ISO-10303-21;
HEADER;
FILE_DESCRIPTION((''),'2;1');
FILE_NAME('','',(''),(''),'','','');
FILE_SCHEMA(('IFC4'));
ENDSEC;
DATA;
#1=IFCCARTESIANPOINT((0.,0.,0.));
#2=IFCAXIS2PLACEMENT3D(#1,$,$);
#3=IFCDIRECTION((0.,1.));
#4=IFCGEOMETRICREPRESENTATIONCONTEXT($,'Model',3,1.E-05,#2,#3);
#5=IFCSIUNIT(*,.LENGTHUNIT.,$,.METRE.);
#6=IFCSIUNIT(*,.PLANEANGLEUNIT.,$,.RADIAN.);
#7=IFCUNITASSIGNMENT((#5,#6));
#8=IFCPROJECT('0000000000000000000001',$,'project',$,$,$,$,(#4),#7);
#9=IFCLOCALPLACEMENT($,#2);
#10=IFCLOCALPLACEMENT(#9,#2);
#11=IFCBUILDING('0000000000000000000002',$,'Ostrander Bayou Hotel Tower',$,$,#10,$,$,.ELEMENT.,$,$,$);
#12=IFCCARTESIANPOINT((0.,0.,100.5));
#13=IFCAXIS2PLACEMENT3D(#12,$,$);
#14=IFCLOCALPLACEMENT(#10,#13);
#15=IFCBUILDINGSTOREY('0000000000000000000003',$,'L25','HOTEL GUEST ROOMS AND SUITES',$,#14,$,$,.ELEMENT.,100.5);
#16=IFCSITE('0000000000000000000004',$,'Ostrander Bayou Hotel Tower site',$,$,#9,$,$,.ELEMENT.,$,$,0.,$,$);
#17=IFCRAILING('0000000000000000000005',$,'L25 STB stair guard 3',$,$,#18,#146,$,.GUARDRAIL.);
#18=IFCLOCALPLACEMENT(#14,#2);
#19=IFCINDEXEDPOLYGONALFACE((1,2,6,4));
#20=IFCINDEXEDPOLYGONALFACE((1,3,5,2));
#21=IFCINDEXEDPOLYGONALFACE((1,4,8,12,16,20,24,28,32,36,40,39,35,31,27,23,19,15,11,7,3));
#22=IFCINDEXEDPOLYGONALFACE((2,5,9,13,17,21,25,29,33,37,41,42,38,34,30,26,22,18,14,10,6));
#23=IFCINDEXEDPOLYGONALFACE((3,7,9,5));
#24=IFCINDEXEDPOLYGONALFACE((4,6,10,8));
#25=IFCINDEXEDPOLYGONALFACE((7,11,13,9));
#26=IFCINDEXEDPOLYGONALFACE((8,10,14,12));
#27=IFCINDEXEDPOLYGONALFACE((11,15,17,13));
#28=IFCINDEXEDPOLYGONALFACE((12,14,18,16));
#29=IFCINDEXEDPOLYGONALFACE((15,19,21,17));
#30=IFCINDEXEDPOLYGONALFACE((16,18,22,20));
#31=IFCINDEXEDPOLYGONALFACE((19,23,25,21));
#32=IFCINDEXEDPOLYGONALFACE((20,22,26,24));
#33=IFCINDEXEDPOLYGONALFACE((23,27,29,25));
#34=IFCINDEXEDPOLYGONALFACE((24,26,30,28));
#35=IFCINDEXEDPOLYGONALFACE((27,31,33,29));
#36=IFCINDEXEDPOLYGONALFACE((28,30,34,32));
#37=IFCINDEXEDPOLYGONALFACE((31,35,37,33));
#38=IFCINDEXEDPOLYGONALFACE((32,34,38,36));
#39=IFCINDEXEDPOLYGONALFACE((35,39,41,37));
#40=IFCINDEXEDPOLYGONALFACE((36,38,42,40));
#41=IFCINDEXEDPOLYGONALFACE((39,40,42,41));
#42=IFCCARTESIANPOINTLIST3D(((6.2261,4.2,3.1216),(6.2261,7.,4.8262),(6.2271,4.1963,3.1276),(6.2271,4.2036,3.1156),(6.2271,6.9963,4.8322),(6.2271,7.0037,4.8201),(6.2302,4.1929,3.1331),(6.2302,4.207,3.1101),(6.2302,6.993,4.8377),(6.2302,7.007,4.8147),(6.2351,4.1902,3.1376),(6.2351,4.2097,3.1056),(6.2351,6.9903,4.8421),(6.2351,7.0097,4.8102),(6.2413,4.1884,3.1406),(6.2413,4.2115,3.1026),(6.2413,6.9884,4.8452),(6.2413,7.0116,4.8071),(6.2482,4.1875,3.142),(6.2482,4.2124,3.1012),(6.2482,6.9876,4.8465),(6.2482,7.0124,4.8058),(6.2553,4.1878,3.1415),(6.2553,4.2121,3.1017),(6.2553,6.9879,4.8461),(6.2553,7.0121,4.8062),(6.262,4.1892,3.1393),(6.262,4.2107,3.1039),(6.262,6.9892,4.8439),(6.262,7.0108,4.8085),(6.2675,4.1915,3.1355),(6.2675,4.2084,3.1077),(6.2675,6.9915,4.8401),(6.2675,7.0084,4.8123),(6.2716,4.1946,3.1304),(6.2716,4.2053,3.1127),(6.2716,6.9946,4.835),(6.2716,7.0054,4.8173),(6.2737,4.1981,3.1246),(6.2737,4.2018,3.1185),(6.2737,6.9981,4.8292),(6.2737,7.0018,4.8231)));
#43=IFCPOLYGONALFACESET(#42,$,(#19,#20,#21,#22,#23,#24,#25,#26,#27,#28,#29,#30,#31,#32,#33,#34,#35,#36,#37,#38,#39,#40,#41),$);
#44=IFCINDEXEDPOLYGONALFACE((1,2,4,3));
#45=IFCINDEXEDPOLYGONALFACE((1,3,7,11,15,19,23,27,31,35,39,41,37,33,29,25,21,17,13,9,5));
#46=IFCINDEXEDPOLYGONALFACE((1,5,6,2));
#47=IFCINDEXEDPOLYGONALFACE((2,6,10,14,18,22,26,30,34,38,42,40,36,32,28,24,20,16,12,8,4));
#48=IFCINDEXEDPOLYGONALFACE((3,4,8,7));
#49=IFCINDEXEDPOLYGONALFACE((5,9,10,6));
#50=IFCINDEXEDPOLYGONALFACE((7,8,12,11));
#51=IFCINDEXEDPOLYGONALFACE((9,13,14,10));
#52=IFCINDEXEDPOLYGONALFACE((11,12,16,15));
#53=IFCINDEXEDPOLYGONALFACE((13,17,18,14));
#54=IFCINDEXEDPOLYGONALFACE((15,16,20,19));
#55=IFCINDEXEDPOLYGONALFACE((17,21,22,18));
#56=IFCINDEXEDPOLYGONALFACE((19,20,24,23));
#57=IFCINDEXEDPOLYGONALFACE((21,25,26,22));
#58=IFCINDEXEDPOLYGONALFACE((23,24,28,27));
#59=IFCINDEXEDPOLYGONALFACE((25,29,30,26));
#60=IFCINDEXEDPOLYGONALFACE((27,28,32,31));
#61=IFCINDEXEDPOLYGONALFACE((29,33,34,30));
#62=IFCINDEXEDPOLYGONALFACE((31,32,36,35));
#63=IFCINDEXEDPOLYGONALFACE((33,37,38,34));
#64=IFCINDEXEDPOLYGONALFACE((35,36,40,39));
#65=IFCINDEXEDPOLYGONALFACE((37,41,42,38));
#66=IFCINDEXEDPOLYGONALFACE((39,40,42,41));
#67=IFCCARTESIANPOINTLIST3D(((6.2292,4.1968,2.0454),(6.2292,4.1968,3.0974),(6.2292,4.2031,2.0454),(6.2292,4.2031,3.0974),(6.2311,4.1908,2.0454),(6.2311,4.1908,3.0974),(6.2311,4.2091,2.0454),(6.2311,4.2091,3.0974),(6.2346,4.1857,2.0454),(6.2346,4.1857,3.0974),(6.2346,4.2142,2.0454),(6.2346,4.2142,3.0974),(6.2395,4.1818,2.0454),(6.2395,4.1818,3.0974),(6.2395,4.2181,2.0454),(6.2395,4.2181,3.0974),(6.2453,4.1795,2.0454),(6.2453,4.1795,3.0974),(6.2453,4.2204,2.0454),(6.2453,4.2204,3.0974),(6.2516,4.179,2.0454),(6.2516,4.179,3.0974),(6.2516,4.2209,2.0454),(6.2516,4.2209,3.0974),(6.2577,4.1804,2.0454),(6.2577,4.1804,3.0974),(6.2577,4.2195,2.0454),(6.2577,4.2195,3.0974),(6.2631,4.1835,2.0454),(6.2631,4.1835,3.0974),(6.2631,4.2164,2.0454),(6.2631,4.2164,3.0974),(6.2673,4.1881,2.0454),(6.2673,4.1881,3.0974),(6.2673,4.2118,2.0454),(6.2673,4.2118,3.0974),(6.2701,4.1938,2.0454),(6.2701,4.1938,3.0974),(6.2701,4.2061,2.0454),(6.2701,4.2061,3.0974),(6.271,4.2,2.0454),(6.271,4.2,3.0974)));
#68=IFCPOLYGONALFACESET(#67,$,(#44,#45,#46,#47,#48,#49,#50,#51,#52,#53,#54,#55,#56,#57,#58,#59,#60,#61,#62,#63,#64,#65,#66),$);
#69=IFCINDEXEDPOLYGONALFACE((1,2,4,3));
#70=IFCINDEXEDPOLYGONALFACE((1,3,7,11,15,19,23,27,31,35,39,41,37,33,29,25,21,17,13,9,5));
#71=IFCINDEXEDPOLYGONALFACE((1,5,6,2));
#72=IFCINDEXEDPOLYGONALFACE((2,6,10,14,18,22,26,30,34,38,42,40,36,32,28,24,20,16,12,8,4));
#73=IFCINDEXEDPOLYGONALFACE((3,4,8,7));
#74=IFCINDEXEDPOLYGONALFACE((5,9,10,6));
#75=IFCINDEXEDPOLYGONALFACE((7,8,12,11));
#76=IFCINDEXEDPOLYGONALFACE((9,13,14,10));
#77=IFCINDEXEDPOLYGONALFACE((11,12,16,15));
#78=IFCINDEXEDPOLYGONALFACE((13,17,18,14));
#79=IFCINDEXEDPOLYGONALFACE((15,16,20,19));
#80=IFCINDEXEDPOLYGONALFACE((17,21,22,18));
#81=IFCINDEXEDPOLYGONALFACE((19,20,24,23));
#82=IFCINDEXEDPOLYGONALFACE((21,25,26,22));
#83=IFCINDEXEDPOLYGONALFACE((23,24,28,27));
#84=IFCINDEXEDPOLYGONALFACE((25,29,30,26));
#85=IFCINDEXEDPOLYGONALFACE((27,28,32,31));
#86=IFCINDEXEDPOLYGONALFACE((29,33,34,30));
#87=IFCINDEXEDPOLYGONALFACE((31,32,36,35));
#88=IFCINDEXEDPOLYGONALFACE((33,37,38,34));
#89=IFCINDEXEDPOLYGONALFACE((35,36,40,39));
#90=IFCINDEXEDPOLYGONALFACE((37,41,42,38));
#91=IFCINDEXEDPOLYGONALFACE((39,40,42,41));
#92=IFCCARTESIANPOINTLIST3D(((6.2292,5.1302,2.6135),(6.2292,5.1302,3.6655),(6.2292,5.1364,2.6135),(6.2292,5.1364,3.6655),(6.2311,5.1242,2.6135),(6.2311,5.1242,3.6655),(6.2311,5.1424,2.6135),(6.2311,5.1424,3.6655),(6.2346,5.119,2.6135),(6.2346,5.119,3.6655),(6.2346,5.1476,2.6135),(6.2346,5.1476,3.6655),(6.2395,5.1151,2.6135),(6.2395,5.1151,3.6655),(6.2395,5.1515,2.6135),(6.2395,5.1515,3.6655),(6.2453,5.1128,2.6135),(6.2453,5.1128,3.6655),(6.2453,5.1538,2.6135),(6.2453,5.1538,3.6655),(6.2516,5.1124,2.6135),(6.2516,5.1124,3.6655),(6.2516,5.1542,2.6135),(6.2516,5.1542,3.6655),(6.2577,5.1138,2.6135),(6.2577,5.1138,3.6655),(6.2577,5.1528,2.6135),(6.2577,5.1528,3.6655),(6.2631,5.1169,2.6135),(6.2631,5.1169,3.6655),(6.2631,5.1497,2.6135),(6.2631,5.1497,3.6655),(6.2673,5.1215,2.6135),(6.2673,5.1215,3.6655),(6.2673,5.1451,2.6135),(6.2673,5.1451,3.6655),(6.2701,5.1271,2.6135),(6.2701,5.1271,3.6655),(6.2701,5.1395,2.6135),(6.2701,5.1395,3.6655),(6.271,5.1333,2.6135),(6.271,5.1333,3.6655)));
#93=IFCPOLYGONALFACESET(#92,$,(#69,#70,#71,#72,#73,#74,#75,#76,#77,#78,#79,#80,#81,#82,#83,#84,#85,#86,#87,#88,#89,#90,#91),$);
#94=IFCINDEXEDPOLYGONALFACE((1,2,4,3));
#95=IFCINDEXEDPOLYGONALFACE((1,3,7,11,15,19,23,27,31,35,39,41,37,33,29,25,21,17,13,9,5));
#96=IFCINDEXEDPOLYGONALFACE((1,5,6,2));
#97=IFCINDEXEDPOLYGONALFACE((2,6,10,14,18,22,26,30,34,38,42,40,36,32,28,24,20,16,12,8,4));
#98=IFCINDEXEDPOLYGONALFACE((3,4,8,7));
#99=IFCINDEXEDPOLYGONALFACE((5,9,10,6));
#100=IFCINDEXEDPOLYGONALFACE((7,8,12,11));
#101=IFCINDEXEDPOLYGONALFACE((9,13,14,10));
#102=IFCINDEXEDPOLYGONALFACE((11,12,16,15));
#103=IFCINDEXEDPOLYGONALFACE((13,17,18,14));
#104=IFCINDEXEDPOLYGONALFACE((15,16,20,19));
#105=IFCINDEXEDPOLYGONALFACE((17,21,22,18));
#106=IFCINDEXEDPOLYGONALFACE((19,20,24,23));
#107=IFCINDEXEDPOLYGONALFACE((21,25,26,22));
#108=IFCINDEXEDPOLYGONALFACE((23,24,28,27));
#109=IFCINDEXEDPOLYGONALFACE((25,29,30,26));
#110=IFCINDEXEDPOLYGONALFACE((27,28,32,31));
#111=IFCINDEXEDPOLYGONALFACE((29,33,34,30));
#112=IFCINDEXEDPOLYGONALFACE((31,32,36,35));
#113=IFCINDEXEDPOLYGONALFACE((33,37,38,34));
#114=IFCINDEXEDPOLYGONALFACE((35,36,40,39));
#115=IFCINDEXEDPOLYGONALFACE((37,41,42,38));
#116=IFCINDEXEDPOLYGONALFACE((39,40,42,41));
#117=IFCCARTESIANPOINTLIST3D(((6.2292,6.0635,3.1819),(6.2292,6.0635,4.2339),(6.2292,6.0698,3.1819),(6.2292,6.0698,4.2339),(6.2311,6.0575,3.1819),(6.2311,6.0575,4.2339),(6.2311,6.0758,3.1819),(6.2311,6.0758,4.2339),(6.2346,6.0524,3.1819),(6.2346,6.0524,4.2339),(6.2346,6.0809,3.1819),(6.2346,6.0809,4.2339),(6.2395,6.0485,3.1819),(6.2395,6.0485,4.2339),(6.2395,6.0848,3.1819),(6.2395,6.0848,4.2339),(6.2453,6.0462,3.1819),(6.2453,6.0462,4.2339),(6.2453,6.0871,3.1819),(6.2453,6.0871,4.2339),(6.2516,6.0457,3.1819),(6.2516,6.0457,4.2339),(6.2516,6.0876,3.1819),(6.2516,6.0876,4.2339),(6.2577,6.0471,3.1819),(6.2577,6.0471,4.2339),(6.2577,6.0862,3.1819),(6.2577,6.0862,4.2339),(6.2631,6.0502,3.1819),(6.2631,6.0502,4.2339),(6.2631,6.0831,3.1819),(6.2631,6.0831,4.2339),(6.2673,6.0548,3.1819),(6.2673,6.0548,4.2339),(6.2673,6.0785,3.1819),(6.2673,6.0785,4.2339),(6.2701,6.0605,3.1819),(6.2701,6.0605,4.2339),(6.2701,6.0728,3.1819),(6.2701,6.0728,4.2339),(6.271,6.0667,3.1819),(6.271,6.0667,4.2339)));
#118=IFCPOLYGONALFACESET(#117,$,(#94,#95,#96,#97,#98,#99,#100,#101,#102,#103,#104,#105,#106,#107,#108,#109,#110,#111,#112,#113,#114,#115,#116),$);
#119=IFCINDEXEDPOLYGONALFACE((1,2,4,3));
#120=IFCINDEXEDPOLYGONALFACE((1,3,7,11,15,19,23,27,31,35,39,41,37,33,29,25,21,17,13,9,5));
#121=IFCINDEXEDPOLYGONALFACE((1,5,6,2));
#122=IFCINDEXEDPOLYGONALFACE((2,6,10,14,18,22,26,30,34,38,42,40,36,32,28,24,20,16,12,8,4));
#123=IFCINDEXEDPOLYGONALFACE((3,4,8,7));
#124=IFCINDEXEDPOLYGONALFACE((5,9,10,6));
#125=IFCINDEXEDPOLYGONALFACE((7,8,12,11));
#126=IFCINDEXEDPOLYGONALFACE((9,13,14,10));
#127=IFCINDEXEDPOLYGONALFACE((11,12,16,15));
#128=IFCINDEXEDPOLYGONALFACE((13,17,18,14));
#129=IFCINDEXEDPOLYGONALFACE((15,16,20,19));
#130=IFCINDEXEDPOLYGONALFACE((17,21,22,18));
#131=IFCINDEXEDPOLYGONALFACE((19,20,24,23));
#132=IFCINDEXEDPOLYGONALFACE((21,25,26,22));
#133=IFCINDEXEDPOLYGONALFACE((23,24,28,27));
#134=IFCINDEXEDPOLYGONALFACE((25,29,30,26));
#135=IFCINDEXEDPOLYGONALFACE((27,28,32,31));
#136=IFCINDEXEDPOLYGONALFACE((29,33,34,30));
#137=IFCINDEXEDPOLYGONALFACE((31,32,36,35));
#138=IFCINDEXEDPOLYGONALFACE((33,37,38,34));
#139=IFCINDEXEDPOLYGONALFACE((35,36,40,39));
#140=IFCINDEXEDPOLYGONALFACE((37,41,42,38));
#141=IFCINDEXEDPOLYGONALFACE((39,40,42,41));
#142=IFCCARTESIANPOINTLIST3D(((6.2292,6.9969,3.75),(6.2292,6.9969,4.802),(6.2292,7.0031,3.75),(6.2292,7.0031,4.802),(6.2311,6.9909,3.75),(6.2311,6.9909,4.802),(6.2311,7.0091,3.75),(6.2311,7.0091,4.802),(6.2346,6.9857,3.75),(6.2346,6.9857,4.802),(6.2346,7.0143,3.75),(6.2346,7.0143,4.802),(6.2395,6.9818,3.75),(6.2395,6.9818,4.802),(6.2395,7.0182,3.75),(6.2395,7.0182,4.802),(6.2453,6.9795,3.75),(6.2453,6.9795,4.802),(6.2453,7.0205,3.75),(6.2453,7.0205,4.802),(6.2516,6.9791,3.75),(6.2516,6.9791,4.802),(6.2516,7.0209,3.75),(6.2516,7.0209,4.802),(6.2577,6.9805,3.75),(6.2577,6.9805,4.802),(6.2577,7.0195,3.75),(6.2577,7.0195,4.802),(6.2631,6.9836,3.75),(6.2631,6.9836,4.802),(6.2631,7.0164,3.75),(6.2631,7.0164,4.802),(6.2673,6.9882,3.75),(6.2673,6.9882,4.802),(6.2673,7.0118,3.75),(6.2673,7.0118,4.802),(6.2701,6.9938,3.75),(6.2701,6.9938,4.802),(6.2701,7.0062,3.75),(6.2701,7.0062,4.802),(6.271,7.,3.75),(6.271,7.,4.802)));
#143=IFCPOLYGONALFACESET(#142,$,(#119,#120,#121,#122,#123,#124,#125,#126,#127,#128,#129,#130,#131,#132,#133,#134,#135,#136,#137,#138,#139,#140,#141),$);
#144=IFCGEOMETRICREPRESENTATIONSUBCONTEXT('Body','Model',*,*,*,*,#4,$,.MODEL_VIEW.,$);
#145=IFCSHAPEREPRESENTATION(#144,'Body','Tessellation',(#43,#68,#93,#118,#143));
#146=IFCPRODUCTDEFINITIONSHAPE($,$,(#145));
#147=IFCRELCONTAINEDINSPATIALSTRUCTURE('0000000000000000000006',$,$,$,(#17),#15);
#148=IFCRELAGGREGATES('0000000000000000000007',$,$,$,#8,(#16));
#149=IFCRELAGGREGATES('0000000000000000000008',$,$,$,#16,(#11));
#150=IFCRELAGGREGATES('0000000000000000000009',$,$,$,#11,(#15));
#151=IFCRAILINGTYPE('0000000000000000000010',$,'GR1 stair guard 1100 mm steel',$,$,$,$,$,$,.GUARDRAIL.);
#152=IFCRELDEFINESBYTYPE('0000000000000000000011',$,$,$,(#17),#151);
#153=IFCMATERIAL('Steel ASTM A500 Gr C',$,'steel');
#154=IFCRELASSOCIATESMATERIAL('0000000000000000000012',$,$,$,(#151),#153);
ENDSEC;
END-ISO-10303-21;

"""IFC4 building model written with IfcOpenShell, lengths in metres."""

from ifc_helpers import new_model, si_unit, direction, frame, origin, origin_2d, place, context, subcontext, project, spatial, circle, extrude, material, type_object, element, save


model = new_model("IFC4")

# Units and contexts
model_context = context("Model", 3, precision=1e-05, world=origin(), true_north=direction((0.0, 1.0)))
body_context = subcontext(model_context, "Body", "Model", "MODEL_VIEW")
ifc_project = project(units=[si_unit("LENGTHUNIT", "METRE"), si_unit("PLANEANGLEUNIT", "RADIAN")], contexts=[model_context])

# Site, building, storey
site_placement = place(None, origin())
site = spatial("IfcSite", under=ifc_project, at=site_placement, Name="Ostrander Bayou Hotel Tower site", CompositionType="ELEMENT", RefElevation=0.0)
building_placement = place(site_placement, origin())
building = spatial("IfcBuilding", under=site, at=building_placement, Name="Ostrander Bayou Hotel Tower", CompositionType="ELEMENT")
storey_placement = place(building_placement, frame((0.0, 0.0, 100.5)))
storey = spatial("IfcBuildingStorey", under=building, at=storey_placement, Name="L25", Description="HOTEL GUEST ROOMS AND SUITES", CompositionType="ELEMENT", Elevation=100.5)

# Railing
ifc_material_1 = material(Name="Steel ASTM A500 Gr C", Category="steel")
railing_type_1 = type_object("IfcRailingType", Name="GR1 stair guard 1100 mm steel", PredefinedType="GUARDRAIL", material=ifc_material_1)
railing_1_placement = place(storey_placement, frame((6.25, 4.2, 2.0454)))
element("IfcRailing", 1, at=railing_1_placement, inside=storey, type_object=railing_type_1, Name="L25 STB stair guard 3", PredefinedType="GUARDRAIL", context=body_context, shape_type="SweptSolid", body=[
    extrude(circle(Radius=0.0239, at=origin_2d()), frame((0.0, 0.0, 1.0762), z_axis=(0.0, 0.85417, 0.519994), x_axis=(-1.0, 0.0, 0.0)), (0.0, 0.0, 1.0), 3.2781),
    extrude(circle(Radius=0.021, at=origin_2d()), origin(), (0.0, 0.0, 1.0), 1.052),
    extrude(circle(Radius=0.021, at=origin_2d()), frame((0.0, 0.9333, 0.5681)), (0.0, 0.0, 1.0), 1.052),
    extrude(circle(Radius=0.021, at=origin_2d()), frame((0.0, 1.8667, 1.1365)), (0.0, 0.0, 1.0), 1.052),
    extrude(circle(Radius=0.021, at=origin_2d()), frame((0.0, 2.8, 1.7046)), (0.0, 0.0, 1.0), 1.052),
])

save(model, "model.ifc")
